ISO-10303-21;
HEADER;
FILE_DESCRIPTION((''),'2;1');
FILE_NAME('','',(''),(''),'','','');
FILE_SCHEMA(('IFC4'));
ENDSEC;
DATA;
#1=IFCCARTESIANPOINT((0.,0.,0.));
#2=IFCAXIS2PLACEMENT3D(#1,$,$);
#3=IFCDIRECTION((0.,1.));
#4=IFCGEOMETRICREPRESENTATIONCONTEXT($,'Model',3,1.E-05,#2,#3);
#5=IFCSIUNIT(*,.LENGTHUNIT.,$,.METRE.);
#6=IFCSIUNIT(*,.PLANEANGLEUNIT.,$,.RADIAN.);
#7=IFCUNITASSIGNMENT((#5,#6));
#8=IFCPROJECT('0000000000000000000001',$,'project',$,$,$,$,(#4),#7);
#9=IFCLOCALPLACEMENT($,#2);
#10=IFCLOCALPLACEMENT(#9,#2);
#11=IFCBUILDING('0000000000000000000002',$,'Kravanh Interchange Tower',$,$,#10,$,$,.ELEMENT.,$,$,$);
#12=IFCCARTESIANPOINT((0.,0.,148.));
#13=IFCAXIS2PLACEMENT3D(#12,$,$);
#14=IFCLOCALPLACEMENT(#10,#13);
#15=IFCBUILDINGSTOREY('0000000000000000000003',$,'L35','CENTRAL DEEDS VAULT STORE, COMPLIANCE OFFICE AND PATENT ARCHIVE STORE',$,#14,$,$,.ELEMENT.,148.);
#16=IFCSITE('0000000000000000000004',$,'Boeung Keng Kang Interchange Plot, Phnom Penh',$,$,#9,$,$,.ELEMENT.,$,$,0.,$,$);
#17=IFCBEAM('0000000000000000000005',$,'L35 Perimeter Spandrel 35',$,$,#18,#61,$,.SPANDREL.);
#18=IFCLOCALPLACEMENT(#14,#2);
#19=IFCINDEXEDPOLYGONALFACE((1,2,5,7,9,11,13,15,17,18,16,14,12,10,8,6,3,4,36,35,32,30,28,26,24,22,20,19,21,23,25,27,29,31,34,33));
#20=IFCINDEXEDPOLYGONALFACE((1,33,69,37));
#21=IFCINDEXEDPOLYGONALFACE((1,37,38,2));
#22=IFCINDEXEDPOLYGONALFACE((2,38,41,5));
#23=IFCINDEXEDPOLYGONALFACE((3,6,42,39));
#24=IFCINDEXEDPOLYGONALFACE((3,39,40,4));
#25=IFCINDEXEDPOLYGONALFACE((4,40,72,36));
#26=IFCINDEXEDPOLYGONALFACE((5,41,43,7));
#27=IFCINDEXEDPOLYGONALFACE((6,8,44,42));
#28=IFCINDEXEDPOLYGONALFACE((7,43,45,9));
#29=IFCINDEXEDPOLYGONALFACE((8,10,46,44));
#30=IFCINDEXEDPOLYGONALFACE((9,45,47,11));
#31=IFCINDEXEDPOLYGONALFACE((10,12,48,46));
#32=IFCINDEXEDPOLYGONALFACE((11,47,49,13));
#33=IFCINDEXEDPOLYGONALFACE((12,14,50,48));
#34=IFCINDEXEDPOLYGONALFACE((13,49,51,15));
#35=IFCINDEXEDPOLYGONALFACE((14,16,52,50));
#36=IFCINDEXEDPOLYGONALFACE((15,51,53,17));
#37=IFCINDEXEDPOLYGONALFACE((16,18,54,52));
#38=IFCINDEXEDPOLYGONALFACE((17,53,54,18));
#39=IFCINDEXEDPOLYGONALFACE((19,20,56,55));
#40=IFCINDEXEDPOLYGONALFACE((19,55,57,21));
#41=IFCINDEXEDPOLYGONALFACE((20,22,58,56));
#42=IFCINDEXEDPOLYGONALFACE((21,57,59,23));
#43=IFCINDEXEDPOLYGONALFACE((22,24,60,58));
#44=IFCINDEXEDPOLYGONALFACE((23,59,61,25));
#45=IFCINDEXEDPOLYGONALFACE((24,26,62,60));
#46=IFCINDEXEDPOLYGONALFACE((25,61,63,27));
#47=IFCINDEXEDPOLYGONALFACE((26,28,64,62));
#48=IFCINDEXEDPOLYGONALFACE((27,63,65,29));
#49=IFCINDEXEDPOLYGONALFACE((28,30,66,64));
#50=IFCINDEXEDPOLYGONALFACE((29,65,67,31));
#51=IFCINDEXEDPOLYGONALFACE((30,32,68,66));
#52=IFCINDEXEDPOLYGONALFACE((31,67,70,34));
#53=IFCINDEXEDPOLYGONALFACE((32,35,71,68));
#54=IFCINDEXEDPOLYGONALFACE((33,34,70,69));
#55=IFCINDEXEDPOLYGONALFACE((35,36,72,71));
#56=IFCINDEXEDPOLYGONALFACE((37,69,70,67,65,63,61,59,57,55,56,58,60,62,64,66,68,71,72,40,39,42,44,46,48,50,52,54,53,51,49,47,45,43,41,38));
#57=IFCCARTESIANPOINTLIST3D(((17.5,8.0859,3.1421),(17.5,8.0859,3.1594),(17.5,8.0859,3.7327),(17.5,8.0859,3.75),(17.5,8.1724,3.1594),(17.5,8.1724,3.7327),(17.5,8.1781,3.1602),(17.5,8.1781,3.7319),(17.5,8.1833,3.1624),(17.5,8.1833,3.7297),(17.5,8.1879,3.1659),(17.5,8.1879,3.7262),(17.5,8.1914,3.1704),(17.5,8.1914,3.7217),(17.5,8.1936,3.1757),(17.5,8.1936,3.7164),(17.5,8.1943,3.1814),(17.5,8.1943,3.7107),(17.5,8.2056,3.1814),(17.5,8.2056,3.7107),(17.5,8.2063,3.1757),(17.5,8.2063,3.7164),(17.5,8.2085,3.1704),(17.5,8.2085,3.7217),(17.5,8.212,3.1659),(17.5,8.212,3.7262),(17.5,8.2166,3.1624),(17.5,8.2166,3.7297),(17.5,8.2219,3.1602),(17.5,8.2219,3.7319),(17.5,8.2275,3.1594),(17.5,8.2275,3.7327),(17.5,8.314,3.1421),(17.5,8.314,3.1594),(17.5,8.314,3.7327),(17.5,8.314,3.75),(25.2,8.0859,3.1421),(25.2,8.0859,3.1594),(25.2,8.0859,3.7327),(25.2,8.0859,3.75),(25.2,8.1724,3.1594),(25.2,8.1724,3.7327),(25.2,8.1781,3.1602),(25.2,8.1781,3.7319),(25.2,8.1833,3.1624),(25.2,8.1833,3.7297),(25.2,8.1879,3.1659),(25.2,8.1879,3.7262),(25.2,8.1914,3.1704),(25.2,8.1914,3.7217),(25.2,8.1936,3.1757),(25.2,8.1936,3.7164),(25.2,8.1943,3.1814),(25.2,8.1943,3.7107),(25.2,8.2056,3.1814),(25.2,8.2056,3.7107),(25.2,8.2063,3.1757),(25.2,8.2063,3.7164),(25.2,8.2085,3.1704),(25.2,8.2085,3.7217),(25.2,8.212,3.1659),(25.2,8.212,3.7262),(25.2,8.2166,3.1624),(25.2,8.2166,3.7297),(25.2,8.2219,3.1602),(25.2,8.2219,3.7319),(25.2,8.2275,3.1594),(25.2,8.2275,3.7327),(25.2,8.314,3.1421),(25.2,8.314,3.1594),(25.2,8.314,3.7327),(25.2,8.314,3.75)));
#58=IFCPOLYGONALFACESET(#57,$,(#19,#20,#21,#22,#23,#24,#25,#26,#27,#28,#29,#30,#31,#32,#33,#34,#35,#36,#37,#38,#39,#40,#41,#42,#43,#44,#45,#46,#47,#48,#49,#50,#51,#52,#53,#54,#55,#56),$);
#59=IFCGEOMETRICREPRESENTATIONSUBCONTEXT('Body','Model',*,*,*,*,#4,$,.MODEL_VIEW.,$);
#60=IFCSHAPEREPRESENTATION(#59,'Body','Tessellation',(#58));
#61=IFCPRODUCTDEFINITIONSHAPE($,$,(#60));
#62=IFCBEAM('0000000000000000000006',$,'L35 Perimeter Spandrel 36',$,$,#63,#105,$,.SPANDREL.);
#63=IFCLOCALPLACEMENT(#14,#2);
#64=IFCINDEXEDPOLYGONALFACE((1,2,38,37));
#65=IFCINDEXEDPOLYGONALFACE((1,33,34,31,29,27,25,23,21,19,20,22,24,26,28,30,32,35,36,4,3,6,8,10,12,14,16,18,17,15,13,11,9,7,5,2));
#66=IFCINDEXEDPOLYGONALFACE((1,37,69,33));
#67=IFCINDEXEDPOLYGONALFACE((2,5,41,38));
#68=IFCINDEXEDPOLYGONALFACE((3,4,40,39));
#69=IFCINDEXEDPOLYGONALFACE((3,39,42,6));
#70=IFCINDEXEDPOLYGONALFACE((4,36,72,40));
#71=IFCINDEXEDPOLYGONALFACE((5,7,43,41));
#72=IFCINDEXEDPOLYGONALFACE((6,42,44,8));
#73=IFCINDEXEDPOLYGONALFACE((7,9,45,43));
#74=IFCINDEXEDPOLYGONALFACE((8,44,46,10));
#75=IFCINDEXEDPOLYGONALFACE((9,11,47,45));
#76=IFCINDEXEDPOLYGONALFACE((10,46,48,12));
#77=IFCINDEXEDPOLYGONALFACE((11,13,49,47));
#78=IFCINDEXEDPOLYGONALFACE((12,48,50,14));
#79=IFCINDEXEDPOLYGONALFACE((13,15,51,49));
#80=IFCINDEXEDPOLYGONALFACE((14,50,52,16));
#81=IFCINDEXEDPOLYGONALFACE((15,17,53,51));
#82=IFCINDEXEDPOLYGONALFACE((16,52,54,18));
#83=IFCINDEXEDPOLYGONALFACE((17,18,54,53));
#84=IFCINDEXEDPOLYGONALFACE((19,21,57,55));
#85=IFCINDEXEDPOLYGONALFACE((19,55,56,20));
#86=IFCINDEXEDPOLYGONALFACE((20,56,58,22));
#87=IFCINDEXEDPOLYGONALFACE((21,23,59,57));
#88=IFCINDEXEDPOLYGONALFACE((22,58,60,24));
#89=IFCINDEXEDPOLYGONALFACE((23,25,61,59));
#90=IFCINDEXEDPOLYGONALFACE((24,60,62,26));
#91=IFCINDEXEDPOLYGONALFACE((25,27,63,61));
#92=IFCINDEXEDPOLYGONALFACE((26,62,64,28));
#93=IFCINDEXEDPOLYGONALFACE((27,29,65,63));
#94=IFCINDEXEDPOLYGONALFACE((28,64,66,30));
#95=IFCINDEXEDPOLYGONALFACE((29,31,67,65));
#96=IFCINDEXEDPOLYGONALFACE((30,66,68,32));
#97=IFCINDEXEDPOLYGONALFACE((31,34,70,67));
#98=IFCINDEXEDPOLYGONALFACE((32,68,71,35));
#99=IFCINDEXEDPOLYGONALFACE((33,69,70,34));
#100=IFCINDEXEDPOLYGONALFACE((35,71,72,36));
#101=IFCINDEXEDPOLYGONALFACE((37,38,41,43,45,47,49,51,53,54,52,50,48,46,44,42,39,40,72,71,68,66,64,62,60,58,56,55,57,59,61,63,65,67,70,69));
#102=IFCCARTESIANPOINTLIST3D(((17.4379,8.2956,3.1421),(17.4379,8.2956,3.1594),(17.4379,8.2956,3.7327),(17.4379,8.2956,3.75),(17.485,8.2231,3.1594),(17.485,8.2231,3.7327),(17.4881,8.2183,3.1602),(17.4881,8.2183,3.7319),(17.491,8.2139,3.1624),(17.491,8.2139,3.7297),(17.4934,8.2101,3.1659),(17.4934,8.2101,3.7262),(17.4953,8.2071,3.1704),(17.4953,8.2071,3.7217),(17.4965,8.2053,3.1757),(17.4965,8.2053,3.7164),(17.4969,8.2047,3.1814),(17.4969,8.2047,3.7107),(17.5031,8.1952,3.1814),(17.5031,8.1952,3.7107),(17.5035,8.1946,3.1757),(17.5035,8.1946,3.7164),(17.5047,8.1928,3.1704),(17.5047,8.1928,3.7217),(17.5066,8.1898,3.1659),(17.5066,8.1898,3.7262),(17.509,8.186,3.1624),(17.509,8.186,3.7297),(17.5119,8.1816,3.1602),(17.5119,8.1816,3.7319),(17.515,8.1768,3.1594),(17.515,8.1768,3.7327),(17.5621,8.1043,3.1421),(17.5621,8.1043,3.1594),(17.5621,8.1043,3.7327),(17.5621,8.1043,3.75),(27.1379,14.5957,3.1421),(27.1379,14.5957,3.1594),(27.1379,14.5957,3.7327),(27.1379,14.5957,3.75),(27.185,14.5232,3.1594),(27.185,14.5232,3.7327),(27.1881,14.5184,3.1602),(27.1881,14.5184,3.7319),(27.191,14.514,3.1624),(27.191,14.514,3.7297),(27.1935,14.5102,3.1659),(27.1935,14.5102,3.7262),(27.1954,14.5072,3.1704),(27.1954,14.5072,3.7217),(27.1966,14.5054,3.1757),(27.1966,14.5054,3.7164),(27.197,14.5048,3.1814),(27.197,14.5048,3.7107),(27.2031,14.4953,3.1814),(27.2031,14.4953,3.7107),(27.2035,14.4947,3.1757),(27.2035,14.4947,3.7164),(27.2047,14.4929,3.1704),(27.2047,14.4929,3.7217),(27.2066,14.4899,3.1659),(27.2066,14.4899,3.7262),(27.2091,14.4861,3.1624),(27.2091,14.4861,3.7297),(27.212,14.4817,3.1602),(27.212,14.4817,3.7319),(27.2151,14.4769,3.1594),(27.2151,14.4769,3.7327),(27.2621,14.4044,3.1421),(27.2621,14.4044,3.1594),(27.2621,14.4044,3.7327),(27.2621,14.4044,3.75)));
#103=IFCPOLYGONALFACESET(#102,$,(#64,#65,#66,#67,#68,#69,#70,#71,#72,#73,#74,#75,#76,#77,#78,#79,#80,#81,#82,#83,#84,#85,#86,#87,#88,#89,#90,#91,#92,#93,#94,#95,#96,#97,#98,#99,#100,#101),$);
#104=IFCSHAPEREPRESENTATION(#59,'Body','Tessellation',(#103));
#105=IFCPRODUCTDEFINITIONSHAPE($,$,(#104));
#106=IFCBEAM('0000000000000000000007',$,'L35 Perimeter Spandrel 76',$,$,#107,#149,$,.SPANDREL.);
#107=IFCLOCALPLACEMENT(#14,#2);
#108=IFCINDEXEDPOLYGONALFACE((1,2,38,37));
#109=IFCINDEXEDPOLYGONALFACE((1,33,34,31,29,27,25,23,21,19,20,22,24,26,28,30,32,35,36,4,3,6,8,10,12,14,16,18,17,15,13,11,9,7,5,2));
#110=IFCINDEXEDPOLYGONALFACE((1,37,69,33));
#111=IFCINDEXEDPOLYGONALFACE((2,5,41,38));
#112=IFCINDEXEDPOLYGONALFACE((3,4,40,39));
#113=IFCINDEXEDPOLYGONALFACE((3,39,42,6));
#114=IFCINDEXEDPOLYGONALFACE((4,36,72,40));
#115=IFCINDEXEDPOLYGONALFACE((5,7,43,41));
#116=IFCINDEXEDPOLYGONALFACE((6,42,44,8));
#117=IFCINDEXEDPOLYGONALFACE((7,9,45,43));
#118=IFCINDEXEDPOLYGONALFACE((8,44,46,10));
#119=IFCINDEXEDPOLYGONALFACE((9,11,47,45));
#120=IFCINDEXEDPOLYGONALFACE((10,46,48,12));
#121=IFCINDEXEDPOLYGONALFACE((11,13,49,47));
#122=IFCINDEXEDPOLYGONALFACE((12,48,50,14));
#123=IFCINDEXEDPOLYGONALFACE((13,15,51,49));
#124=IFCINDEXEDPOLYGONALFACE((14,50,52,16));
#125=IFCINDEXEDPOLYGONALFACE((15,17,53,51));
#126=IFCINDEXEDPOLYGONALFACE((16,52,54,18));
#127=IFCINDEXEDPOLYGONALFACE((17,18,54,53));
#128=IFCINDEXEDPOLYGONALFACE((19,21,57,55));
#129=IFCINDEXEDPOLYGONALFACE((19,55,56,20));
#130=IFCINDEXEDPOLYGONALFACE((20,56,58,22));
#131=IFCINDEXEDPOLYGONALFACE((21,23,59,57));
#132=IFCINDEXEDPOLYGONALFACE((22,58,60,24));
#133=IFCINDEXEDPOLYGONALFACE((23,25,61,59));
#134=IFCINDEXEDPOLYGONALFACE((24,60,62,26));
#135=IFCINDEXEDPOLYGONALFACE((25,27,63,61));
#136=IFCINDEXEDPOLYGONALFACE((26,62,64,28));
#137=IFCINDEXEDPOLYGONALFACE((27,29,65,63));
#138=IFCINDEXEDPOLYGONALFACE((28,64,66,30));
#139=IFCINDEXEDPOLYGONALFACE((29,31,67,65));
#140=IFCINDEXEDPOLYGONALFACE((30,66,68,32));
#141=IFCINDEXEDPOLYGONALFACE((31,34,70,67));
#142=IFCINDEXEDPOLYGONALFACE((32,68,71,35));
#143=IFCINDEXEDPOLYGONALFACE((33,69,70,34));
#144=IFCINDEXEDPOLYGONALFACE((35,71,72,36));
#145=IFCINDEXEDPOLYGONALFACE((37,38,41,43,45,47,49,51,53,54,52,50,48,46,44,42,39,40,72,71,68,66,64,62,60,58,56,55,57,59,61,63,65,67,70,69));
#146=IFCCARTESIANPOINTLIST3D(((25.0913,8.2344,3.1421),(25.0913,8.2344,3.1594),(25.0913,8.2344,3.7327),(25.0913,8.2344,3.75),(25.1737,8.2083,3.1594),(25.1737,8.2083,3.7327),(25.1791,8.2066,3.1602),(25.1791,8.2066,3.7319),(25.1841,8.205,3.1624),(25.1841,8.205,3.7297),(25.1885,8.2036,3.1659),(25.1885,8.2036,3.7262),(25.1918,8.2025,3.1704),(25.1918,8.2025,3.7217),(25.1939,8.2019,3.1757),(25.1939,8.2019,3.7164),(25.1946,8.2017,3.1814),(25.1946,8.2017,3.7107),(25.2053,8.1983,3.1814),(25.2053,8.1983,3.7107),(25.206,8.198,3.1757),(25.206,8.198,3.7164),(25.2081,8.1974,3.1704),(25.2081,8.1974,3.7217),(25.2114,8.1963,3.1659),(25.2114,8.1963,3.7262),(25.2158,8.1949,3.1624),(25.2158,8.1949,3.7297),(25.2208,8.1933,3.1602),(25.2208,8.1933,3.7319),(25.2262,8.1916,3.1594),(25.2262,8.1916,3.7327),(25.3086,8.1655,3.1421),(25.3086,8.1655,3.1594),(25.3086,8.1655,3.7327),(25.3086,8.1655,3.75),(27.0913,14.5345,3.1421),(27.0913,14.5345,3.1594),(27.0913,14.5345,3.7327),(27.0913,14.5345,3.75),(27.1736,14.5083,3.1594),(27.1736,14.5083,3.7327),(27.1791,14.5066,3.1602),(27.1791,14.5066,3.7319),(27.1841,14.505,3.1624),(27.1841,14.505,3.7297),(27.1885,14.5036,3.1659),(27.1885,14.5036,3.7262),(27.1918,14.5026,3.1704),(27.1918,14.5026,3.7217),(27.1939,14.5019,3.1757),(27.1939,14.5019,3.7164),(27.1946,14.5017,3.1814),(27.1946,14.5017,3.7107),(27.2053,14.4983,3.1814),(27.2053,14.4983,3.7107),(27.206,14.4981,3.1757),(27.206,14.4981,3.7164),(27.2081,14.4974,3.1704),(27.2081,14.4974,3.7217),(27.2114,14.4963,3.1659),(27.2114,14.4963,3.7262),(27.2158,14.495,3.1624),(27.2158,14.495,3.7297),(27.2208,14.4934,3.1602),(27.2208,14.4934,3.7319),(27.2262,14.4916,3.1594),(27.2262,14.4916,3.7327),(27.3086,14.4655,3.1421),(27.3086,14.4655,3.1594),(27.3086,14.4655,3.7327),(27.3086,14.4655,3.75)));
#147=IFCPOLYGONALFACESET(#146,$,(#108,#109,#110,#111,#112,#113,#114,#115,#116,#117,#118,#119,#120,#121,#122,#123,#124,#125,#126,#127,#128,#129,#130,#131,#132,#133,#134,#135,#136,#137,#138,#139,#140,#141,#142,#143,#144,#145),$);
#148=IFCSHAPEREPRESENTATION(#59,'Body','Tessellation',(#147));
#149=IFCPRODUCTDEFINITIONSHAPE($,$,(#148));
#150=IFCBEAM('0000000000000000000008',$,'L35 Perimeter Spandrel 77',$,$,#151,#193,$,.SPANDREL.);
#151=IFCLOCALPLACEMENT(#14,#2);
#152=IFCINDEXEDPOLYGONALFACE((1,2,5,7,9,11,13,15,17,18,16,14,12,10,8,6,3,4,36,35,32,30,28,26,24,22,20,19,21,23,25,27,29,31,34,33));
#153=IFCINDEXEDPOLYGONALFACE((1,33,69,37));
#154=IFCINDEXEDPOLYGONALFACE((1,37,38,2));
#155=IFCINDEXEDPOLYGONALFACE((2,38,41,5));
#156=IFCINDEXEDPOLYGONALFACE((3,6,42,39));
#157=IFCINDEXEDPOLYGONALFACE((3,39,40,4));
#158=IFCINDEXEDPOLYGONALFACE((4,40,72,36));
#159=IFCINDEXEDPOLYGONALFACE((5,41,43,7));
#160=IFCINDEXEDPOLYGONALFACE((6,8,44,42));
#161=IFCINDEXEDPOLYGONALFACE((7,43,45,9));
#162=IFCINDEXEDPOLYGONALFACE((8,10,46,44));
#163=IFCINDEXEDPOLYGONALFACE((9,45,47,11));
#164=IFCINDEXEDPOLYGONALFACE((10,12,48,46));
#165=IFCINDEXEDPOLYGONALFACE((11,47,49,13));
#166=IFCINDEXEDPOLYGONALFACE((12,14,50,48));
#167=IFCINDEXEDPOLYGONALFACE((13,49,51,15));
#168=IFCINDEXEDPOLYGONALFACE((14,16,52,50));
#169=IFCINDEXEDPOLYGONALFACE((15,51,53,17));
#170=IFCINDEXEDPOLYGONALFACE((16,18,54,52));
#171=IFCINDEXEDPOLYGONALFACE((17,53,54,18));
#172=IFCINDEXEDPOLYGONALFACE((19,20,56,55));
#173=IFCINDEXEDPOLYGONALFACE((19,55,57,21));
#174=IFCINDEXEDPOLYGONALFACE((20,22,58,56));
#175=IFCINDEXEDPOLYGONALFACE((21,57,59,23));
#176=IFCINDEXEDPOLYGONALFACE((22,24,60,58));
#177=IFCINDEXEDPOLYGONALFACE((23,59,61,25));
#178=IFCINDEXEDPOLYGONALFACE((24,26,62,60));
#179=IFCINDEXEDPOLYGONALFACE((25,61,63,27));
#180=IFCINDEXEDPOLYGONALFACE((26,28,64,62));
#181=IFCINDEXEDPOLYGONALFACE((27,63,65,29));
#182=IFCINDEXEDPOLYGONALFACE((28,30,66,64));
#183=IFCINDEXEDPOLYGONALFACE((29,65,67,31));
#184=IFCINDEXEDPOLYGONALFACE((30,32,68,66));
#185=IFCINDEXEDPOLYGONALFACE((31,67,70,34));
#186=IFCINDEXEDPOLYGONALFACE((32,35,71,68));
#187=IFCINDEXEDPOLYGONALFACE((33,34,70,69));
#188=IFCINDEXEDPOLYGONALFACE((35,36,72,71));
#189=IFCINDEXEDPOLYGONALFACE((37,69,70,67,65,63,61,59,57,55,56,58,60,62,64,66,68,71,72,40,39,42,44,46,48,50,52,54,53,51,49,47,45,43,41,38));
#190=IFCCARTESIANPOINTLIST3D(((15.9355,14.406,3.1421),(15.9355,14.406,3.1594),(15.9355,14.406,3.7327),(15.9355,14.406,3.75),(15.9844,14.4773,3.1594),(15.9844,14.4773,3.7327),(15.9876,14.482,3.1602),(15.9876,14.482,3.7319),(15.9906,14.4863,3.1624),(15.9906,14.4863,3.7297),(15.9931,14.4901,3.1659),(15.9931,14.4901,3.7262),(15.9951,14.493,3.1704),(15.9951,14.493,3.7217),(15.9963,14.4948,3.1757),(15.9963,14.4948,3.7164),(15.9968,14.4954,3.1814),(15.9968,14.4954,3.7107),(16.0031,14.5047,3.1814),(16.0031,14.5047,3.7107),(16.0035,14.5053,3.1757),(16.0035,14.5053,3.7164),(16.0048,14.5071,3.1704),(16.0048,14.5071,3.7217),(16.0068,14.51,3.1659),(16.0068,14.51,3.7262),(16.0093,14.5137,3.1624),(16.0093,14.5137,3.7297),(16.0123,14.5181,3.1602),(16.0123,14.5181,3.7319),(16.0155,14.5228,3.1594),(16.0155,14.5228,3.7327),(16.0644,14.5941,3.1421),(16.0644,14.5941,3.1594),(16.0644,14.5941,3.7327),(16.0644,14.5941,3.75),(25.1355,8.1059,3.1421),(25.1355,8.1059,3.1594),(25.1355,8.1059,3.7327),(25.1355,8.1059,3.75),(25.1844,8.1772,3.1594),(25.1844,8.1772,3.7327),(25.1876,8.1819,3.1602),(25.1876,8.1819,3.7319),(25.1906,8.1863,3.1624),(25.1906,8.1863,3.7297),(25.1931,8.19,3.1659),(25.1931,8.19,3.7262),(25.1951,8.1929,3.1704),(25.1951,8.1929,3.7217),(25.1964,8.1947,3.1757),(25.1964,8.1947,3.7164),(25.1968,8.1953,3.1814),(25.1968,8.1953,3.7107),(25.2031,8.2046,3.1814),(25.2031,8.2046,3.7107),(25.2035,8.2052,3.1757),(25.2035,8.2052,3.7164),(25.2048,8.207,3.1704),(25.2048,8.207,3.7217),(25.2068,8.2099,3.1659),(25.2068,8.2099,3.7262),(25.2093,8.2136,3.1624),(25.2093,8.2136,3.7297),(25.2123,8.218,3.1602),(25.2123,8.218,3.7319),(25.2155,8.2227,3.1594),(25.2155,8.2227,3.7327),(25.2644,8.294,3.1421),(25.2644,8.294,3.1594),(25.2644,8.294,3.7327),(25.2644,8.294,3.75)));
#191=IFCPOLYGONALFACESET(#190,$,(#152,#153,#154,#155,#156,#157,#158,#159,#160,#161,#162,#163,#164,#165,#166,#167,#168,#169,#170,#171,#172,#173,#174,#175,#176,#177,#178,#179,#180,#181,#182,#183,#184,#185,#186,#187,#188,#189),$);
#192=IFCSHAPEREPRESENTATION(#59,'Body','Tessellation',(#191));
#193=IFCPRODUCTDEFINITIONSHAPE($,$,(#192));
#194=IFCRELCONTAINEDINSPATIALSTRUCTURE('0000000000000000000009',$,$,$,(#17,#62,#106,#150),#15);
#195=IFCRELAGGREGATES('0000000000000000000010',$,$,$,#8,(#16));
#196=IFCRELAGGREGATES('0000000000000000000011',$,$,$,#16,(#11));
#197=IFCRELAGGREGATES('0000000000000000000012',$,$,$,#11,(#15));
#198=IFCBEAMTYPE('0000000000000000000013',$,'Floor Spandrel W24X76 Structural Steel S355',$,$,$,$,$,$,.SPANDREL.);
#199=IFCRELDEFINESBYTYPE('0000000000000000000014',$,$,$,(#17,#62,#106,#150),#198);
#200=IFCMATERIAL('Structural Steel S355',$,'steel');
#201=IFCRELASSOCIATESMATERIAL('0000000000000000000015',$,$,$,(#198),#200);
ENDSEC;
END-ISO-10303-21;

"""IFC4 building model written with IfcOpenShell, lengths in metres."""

from ifc_helpers import new_model, si_unit, direction, frame, origin, origin_2d, place, context, subcontext, project, spatial, i_section, extrude, material, material_profile, profile_set, type_object, element, save


model = new_model("IFC4")

# Units and contexts
model_context = context("Model", 3, precision=1e-05, world=origin(), true_north=direction((0.0, 1.0)))
body_context = subcontext(model_context, "Body", "Model", "MODEL_VIEW")
ifc_project = project(units=[si_unit("LENGTHUNIT", "METRE"), si_unit("PLANEANGLEUNIT", "RADIAN")], contexts=[model_context])

# Site, building, storey
site_placement = place(None, origin())
site = spatial("IfcSite", under=ifc_project, at=site_placement, Name="Boeung Keng Kang Interchange Plot, Phnom Penh", CompositionType="ELEMENT", RefElevation=0.0)
building_placement = place(site_placement, origin())
building = spatial("IfcBuilding", under=site, at=building_placement, Name="Kravanh Interchange Tower", CompositionType="ELEMENT")
storey_placement = place(building_placement, frame((0.0, 0.0, 148.0)))
storey = spatial("IfcBuildingStorey", under=building, at=storey_placement, Name="L35", Description="CENTRAL DEEDS VAULT STORE, COMPLIANCE OFFICE AND PATENT ARCHIVE STORE", CompositionType="ELEMENT", Elevation=148.0)

# Beams
ifc_material_1 = material(Name="Structural Steel S355", Category="steel")
ifc_material_profile_1 = material_profile(ifc_material_1, i_section(OverallWidth=0.228, OverallDepth=0.6079, WebThickness=0.0112, FlangeThickness=0.0173, FilletRadius=0.022, at=origin_2d()), Name="W24X76")
ifc_profile_set_1 = profile_set([ifc_material_profile_1], Name="Structural Steel S355")
beam_type_1 = type_object("IfcBeamType", Name="Floor Spandrel W24X76 Structural Steel S355", PredefinedType="SPANDREL", material=ifc_profile_set_1)
beam_1_placement = place(storey_placement, frame((17.5, 8.2, 3.446), z_axis=(1.0, 0.0, 0.0), x_axis=(0.0, 1.0, 0.0)))
element("IfcBeam", 1, at=beam_1_placement, inside=storey, type_object=beam_type_1, Name="L35 Perimeter Spandrel 35", PredefinedType="SPANDREL", context=body_context, shape_type="SweptSolid", body=[
    extrude(i_section(OverallWidth=0.228, OverallDepth=0.6079, WebThickness=0.0112, FlangeThickness=0.0173, FilletRadius=0.022, at=origin_2d()), origin(), (0.0, 0.0, 1.0), 7.7),
])
beam_2_placement = place(storey_placement, frame((17.5, 8.2, 3.446), z_axis=(0.838638, 0.544689, 0.0), x_axis=(-0.544689, 0.838638, 0.0)))
element("IfcBeam", 2, at=beam_2_placement, inside=storey, type_object=beam_type_1, Name="L35 Perimeter Spandrel 36", PredefinedType="SPANDREL", context=body_context, shape_type="SweptSolid", body=[
    extrude(i_section(OverallWidth=0.228, OverallDepth=0.6079, WebThickness=0.0112, FlangeThickness=0.0173, FilletRadius=0.022, at=origin_2d()), origin(), (0.0, 0.0, 1.0), 11.5664),
])
beam_3_placement = place(storey_placement, frame((25.2, 8.2, 3.446), z_axis=(0.302577, 0.953125, 0.0), x_axis=(-0.953125, 0.302577, 0.0)))
element("IfcBeam", 3, at=beam_3_placement, inside=storey, type_object=beam_type_1, Name="L35 Perimeter Spandrel 76", PredefinedType="SPANDREL", context=body_context, shape_type="SweptSolid", body=[
    extrude(i_section(OverallWidth=0.228, OverallDepth=0.6079, WebThickness=0.0112, FlangeThickness=0.0173, FilletRadius=0.022, at=origin_2d()), origin(), (0.0, 0.0, 1.0), 6.6099),
])
beam_4_placement = place(storey_placement, frame((25.2, 8.2, 3.446), z_axis=(-0.825084, 0.56501, 0.0), x_axis=(-0.56501, -0.825084, 0.0)))
element("IfcBeam", 4, at=beam_4_placement, inside=storey, type_object=beam_type_1, Name="L35 Perimeter Spandrel 77", PredefinedType="SPANDREL", context=body_context, shape_type="SweptSolid", body=[
    extrude(i_section(OverallWidth=0.228, OverallDepth=0.6079, WebThickness=0.0112, FlangeThickness=0.0173, FilletRadius=0.022, at=origin_2d()), origin(), (0.0, 0.0, 1.0), 11.1504),
])

save(model, "model.ifc")
